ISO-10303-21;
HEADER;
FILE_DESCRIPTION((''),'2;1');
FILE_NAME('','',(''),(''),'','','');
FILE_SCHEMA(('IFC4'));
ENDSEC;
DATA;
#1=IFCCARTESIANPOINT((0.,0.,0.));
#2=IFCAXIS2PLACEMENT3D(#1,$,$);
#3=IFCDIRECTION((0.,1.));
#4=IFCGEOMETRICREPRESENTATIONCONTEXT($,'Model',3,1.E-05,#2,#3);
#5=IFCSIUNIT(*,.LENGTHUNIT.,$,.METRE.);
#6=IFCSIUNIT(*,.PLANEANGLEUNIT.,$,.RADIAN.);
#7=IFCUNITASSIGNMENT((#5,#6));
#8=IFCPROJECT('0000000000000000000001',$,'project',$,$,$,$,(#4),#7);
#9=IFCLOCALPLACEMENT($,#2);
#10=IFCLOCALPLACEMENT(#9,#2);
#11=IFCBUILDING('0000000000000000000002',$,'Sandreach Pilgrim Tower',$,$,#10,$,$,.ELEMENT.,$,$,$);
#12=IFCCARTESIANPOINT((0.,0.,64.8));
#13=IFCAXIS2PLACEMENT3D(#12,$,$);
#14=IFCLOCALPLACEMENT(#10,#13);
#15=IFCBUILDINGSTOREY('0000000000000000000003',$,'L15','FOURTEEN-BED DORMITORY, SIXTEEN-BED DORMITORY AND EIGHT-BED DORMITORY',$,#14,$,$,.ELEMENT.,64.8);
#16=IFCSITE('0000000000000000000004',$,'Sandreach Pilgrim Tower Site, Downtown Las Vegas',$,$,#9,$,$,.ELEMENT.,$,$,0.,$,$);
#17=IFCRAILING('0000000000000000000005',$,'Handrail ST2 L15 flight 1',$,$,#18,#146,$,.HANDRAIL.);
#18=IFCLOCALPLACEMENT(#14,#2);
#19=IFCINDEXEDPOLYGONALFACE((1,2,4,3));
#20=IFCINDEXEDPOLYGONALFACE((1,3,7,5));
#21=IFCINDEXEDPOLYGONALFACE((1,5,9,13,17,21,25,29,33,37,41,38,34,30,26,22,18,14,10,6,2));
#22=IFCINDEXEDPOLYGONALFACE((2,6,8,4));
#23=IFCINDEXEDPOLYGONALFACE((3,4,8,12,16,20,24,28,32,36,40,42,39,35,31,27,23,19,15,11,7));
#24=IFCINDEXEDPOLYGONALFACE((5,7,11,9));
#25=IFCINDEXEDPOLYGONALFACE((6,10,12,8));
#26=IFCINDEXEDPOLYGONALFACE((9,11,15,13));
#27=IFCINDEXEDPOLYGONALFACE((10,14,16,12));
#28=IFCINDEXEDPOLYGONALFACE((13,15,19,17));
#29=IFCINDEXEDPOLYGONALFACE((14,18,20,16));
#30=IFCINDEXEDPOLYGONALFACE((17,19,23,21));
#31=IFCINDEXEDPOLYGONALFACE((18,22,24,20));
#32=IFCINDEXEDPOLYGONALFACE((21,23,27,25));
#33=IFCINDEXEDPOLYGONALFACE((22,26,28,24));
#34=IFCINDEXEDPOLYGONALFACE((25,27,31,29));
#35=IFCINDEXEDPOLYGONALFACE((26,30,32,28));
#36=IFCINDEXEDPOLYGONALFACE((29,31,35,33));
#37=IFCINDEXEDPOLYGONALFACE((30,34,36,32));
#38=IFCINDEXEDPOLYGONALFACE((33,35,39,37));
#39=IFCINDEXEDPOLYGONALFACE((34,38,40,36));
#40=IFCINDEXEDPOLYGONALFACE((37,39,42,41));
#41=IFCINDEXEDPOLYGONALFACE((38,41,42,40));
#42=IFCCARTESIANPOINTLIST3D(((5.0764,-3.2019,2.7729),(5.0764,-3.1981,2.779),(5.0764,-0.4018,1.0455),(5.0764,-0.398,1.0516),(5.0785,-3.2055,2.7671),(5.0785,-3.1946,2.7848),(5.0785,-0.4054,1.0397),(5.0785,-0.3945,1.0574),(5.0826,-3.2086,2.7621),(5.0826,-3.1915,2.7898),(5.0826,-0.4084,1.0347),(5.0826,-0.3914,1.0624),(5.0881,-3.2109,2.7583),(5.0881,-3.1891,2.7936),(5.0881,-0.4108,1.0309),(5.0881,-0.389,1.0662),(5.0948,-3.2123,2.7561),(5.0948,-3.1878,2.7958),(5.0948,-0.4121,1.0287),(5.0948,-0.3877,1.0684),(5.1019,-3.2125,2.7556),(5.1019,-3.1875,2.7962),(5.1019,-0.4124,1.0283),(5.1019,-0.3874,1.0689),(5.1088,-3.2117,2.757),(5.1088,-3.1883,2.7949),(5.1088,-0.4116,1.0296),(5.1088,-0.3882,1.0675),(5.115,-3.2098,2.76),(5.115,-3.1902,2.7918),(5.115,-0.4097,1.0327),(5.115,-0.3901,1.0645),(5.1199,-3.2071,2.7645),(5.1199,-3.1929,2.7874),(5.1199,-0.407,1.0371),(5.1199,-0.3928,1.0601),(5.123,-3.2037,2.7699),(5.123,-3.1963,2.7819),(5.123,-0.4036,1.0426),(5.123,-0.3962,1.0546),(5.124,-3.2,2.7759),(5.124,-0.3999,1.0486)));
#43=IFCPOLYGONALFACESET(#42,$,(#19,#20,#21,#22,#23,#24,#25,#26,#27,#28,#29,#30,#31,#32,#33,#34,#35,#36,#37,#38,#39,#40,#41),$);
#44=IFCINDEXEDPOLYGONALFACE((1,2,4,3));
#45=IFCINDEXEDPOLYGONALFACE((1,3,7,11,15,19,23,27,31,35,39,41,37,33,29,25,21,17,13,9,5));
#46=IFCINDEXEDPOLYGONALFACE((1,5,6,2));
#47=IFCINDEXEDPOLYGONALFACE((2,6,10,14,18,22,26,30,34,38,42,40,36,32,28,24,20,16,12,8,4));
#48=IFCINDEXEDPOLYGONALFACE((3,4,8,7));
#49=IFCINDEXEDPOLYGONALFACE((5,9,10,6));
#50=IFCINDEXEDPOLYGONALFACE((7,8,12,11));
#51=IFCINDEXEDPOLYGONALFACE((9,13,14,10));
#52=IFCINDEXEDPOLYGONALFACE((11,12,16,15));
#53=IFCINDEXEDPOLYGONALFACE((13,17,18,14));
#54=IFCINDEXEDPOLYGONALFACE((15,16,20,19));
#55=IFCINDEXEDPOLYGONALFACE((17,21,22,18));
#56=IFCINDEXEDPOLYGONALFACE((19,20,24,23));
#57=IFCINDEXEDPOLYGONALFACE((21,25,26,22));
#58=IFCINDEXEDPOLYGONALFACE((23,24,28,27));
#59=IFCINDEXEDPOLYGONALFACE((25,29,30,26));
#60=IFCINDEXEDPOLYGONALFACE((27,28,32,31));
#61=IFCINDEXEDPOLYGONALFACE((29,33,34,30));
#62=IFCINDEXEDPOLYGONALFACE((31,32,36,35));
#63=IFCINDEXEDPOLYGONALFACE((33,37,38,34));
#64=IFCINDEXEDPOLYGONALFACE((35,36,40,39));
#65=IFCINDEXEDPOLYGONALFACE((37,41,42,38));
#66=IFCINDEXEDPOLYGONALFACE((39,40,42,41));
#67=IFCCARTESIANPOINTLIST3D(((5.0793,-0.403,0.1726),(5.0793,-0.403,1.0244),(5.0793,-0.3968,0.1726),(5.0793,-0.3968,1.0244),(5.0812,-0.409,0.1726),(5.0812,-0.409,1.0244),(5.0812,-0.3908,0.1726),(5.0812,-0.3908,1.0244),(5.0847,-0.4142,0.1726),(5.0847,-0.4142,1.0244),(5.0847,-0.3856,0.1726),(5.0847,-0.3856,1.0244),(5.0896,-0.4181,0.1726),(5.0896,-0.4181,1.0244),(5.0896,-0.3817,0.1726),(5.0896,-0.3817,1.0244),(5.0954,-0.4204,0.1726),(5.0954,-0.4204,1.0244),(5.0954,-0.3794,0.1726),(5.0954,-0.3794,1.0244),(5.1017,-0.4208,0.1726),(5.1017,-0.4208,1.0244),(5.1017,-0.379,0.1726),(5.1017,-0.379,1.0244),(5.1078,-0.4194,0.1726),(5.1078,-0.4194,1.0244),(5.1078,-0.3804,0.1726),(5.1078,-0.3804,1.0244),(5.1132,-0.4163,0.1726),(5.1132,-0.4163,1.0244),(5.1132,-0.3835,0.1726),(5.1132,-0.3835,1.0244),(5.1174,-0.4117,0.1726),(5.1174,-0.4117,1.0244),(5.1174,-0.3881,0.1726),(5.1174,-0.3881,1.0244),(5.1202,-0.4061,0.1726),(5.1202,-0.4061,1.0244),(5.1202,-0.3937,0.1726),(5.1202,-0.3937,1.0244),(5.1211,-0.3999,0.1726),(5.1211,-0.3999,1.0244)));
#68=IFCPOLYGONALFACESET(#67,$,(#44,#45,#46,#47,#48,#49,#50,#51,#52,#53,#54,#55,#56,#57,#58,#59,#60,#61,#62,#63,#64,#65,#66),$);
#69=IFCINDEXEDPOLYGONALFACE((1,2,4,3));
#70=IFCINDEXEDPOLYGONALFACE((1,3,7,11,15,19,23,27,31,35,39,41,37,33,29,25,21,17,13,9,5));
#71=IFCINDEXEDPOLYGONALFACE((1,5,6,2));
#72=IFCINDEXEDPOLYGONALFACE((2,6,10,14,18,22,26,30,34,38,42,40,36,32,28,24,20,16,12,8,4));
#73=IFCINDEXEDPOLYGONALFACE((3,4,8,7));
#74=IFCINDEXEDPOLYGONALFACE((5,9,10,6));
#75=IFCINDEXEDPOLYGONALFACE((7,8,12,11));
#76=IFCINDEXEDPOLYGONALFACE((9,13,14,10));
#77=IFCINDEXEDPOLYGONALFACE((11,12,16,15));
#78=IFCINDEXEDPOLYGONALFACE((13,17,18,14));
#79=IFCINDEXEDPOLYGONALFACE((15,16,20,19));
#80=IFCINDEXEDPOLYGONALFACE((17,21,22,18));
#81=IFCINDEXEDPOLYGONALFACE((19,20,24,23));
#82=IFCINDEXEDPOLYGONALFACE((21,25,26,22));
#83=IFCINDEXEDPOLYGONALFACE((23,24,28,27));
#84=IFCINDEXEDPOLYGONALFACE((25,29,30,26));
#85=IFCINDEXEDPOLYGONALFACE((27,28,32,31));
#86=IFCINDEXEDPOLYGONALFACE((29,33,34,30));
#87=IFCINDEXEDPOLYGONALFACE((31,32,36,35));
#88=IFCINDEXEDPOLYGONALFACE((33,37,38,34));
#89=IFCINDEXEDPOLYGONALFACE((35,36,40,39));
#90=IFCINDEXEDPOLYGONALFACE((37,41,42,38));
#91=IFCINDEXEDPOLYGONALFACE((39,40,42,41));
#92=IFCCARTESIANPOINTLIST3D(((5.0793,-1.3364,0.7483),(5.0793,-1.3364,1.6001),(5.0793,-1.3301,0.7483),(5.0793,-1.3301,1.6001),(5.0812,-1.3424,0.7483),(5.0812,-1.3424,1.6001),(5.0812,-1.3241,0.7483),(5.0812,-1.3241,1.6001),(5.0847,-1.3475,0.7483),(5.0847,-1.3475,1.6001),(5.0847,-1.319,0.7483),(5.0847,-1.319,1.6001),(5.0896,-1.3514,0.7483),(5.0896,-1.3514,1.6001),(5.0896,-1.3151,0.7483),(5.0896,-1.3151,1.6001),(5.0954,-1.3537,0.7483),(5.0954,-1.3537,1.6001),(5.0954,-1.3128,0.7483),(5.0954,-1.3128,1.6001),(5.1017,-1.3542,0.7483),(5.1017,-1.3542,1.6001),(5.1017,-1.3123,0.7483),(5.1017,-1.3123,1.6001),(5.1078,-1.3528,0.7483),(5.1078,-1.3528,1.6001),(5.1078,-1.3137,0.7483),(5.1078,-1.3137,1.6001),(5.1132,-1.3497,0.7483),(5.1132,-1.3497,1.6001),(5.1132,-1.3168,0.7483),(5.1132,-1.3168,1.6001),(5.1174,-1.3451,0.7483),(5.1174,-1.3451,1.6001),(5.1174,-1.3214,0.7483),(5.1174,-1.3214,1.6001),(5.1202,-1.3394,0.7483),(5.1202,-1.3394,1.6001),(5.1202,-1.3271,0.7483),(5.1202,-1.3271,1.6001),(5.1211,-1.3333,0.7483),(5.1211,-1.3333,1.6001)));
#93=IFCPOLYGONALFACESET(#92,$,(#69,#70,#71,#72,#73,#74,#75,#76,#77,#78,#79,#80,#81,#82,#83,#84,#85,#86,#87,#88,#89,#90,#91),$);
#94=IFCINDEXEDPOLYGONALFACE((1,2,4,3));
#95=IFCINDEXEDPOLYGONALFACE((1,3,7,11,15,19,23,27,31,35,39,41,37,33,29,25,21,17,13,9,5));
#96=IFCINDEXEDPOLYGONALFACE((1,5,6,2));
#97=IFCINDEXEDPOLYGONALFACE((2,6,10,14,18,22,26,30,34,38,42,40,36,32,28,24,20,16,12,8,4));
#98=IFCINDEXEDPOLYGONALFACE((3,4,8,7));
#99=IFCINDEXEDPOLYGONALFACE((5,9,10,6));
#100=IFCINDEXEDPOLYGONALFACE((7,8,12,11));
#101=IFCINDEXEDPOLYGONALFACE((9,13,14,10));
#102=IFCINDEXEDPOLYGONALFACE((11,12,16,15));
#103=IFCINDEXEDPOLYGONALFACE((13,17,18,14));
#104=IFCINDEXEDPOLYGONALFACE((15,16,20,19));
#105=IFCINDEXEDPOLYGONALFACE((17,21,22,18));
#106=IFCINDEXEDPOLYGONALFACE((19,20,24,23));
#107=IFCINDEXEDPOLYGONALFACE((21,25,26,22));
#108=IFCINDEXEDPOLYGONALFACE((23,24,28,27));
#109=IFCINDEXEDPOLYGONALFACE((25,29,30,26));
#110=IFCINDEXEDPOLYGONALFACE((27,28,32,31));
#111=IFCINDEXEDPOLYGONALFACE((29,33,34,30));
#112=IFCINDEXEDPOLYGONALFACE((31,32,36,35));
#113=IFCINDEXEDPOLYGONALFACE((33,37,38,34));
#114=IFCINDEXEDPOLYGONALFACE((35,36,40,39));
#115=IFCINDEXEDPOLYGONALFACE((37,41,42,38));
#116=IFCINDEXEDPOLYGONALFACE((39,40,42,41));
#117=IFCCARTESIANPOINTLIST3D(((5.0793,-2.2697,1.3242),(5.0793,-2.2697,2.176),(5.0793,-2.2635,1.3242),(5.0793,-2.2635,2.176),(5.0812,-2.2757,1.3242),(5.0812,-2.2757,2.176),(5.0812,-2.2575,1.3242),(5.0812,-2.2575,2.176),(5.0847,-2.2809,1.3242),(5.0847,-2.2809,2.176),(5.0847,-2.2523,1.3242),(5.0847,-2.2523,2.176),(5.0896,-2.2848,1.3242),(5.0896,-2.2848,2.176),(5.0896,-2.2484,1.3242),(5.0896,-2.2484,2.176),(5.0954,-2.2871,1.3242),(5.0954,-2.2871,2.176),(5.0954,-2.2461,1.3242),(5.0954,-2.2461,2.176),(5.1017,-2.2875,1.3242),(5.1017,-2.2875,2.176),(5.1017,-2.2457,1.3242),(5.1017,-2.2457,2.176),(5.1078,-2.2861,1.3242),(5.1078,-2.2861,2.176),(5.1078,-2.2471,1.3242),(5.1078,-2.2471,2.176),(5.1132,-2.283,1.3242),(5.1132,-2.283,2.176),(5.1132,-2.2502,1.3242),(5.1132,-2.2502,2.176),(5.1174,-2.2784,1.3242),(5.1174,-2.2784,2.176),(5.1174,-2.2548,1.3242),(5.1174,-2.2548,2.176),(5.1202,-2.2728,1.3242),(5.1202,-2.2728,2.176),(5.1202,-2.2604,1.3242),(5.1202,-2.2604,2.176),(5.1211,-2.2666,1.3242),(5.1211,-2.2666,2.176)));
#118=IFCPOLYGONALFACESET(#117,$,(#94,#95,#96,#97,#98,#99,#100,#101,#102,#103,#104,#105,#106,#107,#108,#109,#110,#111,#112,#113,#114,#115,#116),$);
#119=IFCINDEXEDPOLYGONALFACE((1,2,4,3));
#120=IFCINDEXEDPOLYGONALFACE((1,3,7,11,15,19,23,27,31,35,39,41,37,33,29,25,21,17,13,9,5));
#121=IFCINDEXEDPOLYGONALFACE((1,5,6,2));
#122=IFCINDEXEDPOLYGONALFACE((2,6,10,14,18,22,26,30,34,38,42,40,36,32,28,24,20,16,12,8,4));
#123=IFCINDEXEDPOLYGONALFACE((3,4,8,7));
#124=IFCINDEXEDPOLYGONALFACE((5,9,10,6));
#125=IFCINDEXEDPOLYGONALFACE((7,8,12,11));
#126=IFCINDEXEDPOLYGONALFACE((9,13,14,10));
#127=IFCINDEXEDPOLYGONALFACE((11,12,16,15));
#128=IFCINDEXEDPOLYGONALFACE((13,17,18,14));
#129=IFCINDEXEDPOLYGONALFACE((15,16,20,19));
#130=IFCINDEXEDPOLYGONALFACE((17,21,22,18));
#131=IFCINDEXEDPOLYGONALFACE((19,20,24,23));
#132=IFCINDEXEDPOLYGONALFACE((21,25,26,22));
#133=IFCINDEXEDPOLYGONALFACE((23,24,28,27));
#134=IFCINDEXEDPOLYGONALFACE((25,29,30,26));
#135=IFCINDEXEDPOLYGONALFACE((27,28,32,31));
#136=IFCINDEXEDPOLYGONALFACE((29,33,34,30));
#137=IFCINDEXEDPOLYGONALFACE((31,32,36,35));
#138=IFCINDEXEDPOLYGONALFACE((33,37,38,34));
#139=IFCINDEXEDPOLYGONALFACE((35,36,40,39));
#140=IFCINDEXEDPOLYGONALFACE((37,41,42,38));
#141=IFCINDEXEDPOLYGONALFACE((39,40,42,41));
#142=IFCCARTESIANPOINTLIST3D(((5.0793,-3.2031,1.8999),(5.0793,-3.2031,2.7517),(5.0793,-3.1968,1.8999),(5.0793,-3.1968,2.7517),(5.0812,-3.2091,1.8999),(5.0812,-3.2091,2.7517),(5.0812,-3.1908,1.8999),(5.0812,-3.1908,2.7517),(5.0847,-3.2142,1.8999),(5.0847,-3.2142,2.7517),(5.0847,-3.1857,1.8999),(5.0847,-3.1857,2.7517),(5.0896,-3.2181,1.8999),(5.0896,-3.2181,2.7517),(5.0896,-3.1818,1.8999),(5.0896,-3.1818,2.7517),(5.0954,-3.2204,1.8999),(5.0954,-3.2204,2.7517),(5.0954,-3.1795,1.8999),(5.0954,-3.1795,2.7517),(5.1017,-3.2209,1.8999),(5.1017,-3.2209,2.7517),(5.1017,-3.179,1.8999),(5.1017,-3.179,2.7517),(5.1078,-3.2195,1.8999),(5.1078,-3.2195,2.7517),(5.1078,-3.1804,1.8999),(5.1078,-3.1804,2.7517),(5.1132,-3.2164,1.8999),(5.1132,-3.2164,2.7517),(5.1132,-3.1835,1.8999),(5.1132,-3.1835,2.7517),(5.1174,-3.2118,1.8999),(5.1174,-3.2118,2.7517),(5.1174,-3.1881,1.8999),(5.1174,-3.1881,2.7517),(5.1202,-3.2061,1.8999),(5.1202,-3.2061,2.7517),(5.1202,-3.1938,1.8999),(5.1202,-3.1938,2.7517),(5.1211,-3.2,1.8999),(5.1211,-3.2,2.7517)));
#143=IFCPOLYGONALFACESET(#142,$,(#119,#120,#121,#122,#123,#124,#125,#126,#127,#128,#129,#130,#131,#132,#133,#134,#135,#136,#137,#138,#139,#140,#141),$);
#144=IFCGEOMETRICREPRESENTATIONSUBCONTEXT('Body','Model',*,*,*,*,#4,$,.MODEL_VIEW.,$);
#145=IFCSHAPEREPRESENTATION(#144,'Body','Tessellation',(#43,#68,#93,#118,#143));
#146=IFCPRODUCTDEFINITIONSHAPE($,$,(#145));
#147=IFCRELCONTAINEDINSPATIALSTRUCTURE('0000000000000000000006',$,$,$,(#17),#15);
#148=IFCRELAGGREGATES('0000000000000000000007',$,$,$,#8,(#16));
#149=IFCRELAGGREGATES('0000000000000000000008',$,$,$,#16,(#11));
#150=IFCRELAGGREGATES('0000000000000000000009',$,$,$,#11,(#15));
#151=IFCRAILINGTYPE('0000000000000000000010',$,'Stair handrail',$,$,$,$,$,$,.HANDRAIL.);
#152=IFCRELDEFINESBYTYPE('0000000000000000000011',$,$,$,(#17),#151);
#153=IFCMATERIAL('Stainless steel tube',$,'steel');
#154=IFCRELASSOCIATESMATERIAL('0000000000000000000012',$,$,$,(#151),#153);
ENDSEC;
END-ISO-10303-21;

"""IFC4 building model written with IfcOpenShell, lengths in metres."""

from ifc_helpers import new_model, si_unit, direction, frame, origin, origin_2d, place, context, subcontext, project, spatial, circle, extrude, material, type_object, element, save


model = new_model("IFC4")

# Units and contexts
model_context = context("Model", 3, precision=1e-05, world=origin(), true_north=direction((0.0, 1.0)))
body_context = subcontext(model_context, "Body", "Model", "MODEL_VIEW")
ifc_project = project(units=[si_unit("LENGTHUNIT", "METRE"), si_unit("PLANEANGLEUNIT", "RADIAN")], contexts=[model_context])

# Site, building, storey
site_placement = place(None, origin())
site = spatial("IfcSite", under=ifc_project, at=site_placement, Name="Sandreach Pilgrim Tower Site, Downtown Las Vegas", CompositionType="ELEMENT", RefElevation=0.0)
building_placement = place(site_placement, origin())
building = spatial("IfcBuilding", under=site, at=building_placement, Name="Sandreach Pilgrim Tower", CompositionType="ELEMENT")
storey_placement = place(building_placement, frame((0.0, 0.0, 64.8)))
storey = spatial("IfcBuildingStorey", under=building, at=storey_placement, Name="L15", Description="FOURTEEN-BED DORMITORY, SIXTEEN-BED DORMITORY AND EIGHT-BED DORMITORY", CompositionType="ELEMENT", Elevation=64.8)

# Railing
ifc_material_1 = material(Name="Stainless steel tube", Category="steel")
railing_type = type_object("IfcRailingType", Name="Stair handrail", PredefinedType="HANDRAIL", material=ifc_material_1)
railing_placement = place(storey_placement, frame((5.1001, -0.3999, 0.1726)))
element("IfcRailing", 1, at=railing_placement, inside=storey, type_object=railing_type, Name="Handrail ST2 L15 flight 1", PredefinedType="HANDRAIL", context=body_context, shape_type="SweptSolid", body=[
    extrude(circle(Radius=0.0239, at=origin_2d()), frame((0.0, 0.0, 0.876), z_axis=(0.0, -0.85109, 0.52502), x_axis=(1.0, 0.0, 0.0)), (0.0, 0.0, 1.0), 3.29),
    extrude(circle(Radius=0.021, at=origin_2d()), origin(), (0.0, 0.0, 1.0), 0.8518),
    extrude(circle(Radius=0.021, at=origin_2d()), frame((0.0, -0.9333, 0.5757)), (0.0, 0.0, 1.0), 0.8518),
    extrude(circle(Radius=0.021, at=origin_2d()), frame((0.0, -1.8667, 1.1516)), (0.0, 0.0, 1.0), 0.8518),
    extrude(circle(Radius=0.021, at=origin_2d()), frame((0.0, -2.8, 1.7273)), (0.0, 0.0, 1.0), 0.8518),
])

save(model, "model.ifc")
